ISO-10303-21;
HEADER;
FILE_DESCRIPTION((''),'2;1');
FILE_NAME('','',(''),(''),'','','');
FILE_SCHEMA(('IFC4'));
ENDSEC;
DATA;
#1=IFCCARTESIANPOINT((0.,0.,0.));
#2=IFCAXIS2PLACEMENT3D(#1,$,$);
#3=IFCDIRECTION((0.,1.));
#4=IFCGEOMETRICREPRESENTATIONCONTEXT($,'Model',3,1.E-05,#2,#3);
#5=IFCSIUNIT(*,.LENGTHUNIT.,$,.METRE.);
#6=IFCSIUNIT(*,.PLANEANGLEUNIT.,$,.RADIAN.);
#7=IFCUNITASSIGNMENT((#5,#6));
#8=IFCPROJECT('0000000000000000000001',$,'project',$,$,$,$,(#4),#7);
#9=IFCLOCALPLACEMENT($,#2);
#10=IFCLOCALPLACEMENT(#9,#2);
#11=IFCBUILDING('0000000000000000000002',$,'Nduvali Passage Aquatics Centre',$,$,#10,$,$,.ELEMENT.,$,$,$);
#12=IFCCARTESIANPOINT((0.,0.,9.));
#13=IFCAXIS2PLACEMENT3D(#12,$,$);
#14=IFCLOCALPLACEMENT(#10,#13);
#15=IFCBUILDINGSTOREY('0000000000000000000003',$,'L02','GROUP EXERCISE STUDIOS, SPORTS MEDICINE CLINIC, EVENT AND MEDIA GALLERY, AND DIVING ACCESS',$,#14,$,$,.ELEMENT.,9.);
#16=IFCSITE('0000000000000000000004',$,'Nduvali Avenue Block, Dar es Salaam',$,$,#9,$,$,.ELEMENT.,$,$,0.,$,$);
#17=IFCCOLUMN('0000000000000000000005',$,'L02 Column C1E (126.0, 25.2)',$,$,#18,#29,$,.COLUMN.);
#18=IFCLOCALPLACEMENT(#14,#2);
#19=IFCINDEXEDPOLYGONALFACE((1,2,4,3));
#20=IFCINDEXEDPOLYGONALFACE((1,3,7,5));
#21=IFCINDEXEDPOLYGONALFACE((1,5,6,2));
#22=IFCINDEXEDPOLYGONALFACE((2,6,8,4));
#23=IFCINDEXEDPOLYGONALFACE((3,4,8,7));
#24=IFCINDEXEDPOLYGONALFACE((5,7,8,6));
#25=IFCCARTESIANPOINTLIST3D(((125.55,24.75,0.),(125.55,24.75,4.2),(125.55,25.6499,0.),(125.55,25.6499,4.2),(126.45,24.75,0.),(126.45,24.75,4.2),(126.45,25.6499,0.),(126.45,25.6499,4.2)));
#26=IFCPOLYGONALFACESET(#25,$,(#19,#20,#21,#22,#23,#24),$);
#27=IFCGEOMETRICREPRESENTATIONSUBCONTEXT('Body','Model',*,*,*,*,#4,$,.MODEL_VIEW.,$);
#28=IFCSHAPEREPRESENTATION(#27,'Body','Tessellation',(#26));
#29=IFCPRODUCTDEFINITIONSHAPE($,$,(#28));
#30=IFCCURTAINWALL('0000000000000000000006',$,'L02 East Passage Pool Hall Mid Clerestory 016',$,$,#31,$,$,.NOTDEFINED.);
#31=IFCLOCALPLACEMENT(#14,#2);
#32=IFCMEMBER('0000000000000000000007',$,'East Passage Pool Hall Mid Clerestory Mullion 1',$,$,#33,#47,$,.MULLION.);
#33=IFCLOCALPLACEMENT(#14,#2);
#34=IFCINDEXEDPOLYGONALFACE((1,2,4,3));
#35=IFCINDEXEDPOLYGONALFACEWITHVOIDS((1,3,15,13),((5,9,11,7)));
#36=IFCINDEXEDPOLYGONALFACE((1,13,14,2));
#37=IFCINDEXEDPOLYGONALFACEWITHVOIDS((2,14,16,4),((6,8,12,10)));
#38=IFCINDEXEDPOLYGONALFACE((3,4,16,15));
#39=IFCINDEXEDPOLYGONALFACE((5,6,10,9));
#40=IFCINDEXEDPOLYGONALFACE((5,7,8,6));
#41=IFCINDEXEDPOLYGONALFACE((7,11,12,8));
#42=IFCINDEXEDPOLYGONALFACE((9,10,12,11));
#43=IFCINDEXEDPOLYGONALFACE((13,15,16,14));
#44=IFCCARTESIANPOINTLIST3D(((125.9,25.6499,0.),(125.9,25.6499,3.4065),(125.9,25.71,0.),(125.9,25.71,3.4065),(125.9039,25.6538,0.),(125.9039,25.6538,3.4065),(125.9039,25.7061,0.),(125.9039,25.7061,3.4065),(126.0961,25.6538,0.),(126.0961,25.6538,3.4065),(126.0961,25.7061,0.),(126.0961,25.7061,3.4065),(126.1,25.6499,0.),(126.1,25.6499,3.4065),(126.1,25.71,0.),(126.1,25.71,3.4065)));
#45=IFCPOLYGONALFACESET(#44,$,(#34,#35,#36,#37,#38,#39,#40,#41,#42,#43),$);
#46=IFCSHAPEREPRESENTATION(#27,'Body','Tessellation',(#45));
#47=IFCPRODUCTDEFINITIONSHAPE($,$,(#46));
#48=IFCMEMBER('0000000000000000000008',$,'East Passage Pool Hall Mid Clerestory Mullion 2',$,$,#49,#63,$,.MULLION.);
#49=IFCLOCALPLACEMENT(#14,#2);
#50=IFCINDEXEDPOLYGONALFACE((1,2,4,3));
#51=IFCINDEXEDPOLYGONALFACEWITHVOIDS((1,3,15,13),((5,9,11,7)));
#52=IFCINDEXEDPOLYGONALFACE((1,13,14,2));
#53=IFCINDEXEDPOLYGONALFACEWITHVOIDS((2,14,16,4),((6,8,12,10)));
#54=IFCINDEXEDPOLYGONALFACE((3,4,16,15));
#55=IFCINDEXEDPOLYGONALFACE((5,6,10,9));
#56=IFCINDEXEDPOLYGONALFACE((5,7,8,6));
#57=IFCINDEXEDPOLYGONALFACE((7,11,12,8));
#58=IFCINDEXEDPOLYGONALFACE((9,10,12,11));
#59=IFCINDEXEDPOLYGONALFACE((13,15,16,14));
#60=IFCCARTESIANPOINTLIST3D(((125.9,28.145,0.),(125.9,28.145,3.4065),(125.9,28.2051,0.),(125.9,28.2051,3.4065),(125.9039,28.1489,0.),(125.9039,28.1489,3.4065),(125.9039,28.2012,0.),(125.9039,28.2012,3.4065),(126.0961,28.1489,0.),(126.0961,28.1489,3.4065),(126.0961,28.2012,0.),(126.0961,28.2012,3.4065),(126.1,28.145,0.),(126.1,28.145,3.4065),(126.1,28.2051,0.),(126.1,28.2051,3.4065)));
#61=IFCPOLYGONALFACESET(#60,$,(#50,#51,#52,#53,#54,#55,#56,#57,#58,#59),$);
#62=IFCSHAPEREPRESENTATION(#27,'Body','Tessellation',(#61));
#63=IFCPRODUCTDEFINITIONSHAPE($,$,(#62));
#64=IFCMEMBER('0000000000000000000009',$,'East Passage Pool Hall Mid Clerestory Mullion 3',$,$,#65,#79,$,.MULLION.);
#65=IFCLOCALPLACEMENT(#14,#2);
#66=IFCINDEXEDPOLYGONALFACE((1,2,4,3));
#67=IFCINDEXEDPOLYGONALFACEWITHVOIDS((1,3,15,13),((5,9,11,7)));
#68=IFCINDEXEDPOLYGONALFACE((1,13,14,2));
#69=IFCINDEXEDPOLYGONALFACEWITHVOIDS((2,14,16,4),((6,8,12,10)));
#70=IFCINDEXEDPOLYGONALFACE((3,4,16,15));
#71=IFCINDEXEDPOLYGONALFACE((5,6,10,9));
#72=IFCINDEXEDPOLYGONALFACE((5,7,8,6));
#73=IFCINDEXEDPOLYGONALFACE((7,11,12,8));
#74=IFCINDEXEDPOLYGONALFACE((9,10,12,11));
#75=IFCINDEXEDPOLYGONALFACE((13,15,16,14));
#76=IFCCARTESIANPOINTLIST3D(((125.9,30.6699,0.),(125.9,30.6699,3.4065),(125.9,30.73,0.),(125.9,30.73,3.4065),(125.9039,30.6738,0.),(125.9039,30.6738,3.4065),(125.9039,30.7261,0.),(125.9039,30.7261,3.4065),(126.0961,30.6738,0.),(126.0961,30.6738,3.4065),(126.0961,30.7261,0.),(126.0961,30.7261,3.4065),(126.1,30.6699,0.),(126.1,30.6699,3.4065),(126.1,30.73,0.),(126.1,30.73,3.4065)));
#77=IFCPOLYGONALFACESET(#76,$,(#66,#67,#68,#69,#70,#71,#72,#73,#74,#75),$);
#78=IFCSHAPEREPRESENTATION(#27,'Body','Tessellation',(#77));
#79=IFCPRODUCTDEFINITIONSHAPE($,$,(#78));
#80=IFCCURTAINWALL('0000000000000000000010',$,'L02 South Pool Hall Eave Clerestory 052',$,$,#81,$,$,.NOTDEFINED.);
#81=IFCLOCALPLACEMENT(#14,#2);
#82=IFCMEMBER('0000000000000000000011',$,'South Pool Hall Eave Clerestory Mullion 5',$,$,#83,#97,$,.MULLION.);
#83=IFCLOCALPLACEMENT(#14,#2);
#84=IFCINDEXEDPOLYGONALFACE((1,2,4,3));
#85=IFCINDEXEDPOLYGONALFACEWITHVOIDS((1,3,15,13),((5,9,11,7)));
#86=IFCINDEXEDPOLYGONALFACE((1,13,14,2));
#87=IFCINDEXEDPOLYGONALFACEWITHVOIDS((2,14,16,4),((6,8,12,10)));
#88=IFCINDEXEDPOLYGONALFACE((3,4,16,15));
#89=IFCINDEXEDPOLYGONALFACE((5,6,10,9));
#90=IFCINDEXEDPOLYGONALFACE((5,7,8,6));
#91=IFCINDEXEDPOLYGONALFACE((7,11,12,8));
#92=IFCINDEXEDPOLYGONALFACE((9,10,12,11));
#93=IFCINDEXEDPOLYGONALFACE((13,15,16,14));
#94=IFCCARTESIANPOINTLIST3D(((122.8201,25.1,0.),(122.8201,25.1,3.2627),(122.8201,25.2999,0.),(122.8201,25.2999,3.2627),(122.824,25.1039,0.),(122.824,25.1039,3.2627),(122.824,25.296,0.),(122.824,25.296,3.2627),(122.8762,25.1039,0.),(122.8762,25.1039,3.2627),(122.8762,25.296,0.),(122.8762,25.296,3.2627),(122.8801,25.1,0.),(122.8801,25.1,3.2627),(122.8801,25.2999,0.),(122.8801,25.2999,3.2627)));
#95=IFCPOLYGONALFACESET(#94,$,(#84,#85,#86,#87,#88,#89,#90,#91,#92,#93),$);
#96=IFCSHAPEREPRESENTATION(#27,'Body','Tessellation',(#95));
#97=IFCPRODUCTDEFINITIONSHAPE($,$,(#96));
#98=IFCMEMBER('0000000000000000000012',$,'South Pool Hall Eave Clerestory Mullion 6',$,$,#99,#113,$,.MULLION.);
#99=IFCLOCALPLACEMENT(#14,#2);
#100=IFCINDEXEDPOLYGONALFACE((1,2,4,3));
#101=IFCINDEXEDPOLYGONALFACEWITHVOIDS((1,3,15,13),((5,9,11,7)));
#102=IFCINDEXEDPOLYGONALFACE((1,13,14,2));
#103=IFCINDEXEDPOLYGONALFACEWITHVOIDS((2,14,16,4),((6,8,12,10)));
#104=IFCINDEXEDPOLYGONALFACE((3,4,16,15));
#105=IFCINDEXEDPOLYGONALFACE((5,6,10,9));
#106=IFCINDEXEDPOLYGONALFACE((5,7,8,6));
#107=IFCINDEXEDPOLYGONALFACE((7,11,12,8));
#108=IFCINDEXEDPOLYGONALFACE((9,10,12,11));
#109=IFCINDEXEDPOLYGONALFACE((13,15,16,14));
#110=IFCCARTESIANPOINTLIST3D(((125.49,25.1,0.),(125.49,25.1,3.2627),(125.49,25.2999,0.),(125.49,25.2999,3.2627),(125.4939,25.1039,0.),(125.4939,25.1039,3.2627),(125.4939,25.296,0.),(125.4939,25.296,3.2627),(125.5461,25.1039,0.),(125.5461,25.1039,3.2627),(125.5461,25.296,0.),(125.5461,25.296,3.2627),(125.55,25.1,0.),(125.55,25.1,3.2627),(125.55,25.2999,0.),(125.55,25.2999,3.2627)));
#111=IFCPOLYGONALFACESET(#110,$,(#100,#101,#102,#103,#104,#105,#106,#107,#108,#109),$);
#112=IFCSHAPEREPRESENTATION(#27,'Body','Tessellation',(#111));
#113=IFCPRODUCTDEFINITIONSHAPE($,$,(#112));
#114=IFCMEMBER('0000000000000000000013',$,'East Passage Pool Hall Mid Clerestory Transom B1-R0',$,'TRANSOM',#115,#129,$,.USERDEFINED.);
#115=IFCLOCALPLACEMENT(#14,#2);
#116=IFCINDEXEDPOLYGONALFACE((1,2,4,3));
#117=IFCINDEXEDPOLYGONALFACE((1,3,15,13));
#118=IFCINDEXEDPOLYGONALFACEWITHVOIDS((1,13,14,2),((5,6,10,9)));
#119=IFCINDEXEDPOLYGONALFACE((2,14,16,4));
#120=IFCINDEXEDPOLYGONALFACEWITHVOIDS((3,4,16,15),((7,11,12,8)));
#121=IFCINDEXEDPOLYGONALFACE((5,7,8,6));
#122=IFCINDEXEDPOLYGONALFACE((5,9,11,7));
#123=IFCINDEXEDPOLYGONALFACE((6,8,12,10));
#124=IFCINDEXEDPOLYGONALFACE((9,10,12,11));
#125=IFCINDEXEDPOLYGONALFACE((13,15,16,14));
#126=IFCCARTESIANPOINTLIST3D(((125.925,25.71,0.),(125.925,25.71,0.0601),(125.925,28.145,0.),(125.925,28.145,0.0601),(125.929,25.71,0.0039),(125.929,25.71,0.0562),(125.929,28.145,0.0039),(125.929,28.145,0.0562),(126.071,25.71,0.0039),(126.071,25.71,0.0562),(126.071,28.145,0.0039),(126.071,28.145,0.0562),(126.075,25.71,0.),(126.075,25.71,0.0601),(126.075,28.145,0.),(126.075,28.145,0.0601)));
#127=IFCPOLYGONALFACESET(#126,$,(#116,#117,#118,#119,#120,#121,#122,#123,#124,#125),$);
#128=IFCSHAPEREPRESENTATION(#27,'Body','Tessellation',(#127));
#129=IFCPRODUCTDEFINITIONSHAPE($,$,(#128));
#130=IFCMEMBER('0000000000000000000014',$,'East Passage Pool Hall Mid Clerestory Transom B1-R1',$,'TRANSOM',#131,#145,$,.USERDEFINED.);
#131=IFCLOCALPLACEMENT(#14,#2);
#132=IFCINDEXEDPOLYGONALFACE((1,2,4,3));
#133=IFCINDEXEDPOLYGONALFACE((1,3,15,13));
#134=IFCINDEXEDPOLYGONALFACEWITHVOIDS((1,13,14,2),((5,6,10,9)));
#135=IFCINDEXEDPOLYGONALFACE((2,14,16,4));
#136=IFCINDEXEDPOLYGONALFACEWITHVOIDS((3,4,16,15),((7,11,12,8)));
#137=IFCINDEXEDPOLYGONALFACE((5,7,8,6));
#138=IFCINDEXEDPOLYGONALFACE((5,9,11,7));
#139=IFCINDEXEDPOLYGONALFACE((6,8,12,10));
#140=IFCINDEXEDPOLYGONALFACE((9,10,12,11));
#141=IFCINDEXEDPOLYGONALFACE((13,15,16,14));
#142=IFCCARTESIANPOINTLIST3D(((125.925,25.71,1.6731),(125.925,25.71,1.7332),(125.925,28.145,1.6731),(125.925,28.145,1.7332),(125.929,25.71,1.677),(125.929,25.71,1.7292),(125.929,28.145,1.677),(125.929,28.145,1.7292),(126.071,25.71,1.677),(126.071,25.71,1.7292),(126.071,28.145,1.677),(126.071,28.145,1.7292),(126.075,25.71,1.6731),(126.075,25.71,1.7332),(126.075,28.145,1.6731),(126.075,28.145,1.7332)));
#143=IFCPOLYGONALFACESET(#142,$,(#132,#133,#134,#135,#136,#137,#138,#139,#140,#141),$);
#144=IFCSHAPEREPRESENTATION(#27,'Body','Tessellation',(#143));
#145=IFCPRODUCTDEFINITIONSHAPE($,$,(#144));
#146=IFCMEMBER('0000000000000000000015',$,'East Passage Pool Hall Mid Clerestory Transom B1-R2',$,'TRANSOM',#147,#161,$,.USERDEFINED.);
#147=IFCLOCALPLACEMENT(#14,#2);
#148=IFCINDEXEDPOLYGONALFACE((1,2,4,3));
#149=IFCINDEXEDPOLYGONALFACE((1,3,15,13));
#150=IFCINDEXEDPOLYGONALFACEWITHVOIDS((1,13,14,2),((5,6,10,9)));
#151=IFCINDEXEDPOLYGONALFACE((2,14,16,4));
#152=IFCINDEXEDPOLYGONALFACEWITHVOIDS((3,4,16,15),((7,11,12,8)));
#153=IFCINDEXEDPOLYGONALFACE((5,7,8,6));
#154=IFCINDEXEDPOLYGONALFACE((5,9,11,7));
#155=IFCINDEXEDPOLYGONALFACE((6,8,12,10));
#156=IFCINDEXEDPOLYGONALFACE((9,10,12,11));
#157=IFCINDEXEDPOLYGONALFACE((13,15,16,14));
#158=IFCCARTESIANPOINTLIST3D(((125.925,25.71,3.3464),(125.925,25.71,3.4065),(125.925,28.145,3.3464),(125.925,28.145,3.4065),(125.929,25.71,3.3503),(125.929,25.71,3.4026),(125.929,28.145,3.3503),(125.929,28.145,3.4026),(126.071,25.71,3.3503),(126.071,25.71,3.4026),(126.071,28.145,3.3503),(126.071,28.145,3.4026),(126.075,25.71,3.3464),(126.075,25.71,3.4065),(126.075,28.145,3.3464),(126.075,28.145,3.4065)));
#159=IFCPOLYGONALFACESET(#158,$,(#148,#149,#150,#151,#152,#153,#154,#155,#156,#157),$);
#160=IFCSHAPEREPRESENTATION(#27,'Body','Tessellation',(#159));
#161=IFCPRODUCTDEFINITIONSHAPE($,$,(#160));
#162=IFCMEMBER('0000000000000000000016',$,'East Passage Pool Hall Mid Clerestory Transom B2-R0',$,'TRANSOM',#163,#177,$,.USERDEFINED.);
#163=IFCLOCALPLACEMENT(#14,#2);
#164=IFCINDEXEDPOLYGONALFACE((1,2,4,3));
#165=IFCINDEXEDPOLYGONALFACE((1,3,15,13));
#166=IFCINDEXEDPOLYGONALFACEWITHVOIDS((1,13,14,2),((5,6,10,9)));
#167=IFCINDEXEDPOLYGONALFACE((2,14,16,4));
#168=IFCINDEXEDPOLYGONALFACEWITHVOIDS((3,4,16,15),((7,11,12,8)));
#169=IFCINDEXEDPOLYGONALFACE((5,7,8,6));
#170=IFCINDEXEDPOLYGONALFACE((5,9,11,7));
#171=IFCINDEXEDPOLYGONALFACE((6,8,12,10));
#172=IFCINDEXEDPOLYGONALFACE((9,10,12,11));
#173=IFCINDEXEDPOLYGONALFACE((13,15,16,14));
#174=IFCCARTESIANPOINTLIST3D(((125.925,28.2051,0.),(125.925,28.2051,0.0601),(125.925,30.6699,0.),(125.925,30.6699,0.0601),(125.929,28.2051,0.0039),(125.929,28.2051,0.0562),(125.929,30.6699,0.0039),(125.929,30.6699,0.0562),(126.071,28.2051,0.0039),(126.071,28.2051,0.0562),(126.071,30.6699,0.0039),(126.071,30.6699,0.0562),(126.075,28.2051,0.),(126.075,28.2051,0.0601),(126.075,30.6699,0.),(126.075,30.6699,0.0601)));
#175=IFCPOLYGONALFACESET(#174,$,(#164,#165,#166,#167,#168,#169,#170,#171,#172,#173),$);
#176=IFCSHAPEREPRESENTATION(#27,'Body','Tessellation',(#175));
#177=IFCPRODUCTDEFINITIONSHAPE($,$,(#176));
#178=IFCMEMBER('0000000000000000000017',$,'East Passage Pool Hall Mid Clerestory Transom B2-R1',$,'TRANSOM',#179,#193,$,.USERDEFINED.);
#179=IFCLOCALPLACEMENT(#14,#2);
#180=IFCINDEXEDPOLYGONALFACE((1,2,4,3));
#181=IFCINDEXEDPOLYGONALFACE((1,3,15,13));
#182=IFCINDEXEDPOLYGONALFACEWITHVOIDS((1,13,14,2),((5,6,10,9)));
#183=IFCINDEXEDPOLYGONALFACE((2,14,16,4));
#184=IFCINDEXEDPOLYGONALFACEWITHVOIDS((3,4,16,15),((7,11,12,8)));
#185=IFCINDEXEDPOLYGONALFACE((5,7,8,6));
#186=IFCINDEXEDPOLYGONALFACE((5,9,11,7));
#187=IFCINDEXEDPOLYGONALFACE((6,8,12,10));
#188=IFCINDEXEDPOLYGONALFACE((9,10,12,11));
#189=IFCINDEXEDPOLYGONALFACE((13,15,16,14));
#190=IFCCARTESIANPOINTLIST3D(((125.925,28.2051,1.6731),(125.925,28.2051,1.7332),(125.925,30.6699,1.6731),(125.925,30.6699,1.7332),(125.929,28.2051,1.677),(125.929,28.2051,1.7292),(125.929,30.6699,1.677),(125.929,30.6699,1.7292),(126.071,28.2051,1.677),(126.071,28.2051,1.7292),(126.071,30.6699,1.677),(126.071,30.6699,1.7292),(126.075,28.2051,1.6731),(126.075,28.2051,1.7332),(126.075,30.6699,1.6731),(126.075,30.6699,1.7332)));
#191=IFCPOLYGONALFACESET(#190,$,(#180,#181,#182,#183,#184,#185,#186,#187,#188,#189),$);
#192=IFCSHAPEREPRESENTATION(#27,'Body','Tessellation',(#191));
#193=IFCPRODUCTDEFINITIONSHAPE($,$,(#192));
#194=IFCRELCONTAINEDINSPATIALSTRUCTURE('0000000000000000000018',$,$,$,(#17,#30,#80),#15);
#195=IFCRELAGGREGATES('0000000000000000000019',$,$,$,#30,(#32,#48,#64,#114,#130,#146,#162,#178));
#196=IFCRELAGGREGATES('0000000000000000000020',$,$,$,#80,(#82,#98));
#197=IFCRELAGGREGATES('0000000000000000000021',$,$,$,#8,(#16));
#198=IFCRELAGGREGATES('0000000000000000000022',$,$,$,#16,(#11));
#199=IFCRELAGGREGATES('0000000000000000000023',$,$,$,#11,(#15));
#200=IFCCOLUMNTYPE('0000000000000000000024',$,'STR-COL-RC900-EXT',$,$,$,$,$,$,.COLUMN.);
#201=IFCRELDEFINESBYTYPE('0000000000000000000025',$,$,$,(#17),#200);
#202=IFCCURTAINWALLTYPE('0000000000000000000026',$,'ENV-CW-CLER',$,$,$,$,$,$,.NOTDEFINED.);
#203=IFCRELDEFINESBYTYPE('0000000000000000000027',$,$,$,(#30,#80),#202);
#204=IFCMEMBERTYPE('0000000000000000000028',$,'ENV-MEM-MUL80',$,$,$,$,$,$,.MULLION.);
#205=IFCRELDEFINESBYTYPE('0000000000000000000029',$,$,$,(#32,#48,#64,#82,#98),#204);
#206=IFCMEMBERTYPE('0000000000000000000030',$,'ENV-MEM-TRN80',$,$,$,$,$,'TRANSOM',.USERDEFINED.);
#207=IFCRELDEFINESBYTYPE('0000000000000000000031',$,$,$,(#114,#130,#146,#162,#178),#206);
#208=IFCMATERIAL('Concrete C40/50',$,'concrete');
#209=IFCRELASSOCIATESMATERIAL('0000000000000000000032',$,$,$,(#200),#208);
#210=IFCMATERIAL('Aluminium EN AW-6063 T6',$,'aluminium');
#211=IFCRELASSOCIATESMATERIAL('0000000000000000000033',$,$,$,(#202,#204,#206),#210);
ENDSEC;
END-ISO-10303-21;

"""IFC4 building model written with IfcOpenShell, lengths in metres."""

from ifc_helpers import new_model, si_unit, direction, frame, origin, origin_2d, place, context, subcontext, project, spatial, rectangle, hollow_rectangle, extrude, material, material_profile, profile_set, type_object, element, aggregate, save


model = new_model("IFC4")

# Units and contexts
model_context = context("Model", 3, precision=1e-05, world=origin(), true_north=direction((0.0, 1.0)))
body_context = subcontext(model_context, "Body", "Model", "MODEL_VIEW")
ifc_project = project(units=[si_unit("LENGTHUNIT", "METRE"), si_unit("PLANEANGLEUNIT", "RADIAN")], contexts=[model_context])

# Site, building, storey
site_placement = place(None, origin())
site = spatial("IfcSite", under=ifc_project, at=site_placement, Name="Nduvali Avenue Block, Dar es Salaam", CompositionType="ELEMENT", RefElevation=0.0)
building_placement = place(site_placement, origin())
building = spatial("IfcBuilding", under=site, at=building_placement, Name="Nduvali Passage Aquatics Centre", CompositionType="ELEMENT")
storey_placement = place(building_placement, frame((0.0, 0.0, 9.0)))
storey = spatial("IfcBuildingStorey", under=building, at=storey_placement, Name="L02", Description="GROUP EXERCISE STUDIOS, SPORTS MEDICINE CLINIC, EVENT AND MEDIA GALLERY, AND DIVING ACCESS", CompositionType="ELEMENT", Elevation=9.0)

# Column
ifc_material_1 = material(Name="Concrete C40/50", Category="concrete")
ifc_material_profile_1 = material_profile(ifc_material_1, rectangle(XDim=0.8999, YDim=0.8999, at=origin_2d()), Name="RC 900x900")
ifc_profile_set_1 = profile_set([ifc_material_profile_1], Name="Concrete C40/50")
column_type = type_object("IfcColumnType", Name="STR-COL-RC900-EXT", PredefinedType="COLUMN", material=ifc_profile_set_1)
column_placement = place(storey_placement, frame((126.0, 25.2, 0.0), z_axis=(0.0, 0.0, 1.0), x_axis=(1.0, 0.0, 0.0)))
element("IfcColumn", 1, at=column_placement, inside=storey, type_object=column_type, Name="L02 Column C1E (126.0, 25.2)", PredefinedType="COLUMN", context=body_context, shape_type="SweptSolid", body=[
    extrude(rectangle(XDim=0.8999, YDim=0.8999, at=origin_2d()), origin(), (0.0, 0.0, 1.0), 4.2),
])

# Curtain walls, members
ifc_material_2 = material(Name="Aluminium EN AW-6063 T6", Category="aluminium")
curtain_wall_type = type_object("IfcCurtainWallType", Name="ENV-CW-CLER", PredefinedType="NOTDEFINED", material=ifc_material_2)
curtain_wall_1_placement = place(storey_placement, origin())
curtain_wall_1 = element("IfcCurtainWall", 2, at=curtain_wall_1_placement, inside=storey, type_object=curtain_wall_type, Name="L02 East Passage Pool Hall Mid Clerestory 016", PredefinedType="NOTDEFINED")
ifc_material_profile_2 = material_profile(ifc_material_2, hollow_rectangle(XDim=0.0601, YDim=0.2, WallThickness=0.0039, at=origin_2d()), Name="ALU MULLION 60x200x4")
ifc_profile_set_2 = profile_set([ifc_material_profile_2], Name="Aluminium EN AW-6063 T6")
member_type_1 = type_object("IfcMemberType", Name="ENV-MEM-MUL80", PredefinedType="MULLION", material=ifc_profile_set_2)
member_1_placement = place(storey_placement, frame((126.0, 25.6799, 0.0), z_axis=(0.0, 0.0, 1.0), x_axis=(0.0, 1.0, 0.0)))
member_1 = element("IfcMember", 3, at=member_1_placement, type_object=member_type_1, Name="East Passage Pool Hall Mid Clerestory Mullion 1", PredefinedType="MULLION", context=body_context, shape_type="SweptSolid", body=[
    extrude(hollow_rectangle(XDim=0.0601, YDim=0.2, WallThickness=0.0039, at=origin_2d()), origin(), (0.0, 0.0, 1.0), 3.4065),
])
member_2_placement = place(storey_placement, frame((126.0, 28.175, 0.0), z_axis=(0.0, 0.0, 1.0), x_axis=(0.0, 1.0, 0.0)))
member_2 = element("IfcMember", 4, at=member_2_placement, type_object=member_type_1, Name="East Passage Pool Hall Mid Clerestory Mullion 2", PredefinedType="MULLION", context=body_context, shape_type="SweptSolid", body=[
    extrude(hollow_rectangle(XDim=0.0601, YDim=0.2, WallThickness=0.0039, at=origin_2d()), origin(), (0.0, 0.0, 1.0), 3.4065),
])
member_3_placement = place(storey_placement, frame((126.0, 30.7, 0.0), z_axis=(0.0, 0.0, 1.0), x_axis=(0.0, 1.0, 0.0)))
member_3 = element("IfcMember", 5, at=member_3_placement, type_object=member_type_1, Name="East Passage Pool Hall Mid Clerestory Mullion 3", PredefinedType="MULLION", context=body_context, shape_type="SweptSolid", body=[
    extrude(hollow_rectangle(XDim=0.0601, YDim=0.2, WallThickness=0.0039, at=origin_2d()), origin(), (0.0, 0.0, 1.0), 3.4065),
])
curtain_wall_2_placement = place(storey_placement, origin())
curtain_wall_2 = element("IfcCurtainWall", 6, at=curtain_wall_2_placement, inside=storey, type_object=curtain_wall_type, Name="L02 South Pool Hall Eave Clerestory 052", PredefinedType="NOTDEFINED")
member_4_placement = place(storey_placement, frame((122.8501, 25.2, 0.0), z_axis=(0.0, 0.0, 1.0), x_axis=(1.0, 0.0, 0.0)))
member_4 = element("IfcMember", 7, at=member_4_placement, type_object=member_type_1, Name="South Pool Hall Eave Clerestory Mullion 5", PredefinedType="MULLION", context=body_context, shape_type="SweptSolid", body=[
    extrude(hollow_rectangle(XDim=0.0601, YDim=0.2, WallThickness=0.0039, at=origin_2d()), origin(), (0.0, 0.0, 1.0), 3.2627),
])
member_5_placement = place(storey_placement, frame((125.52, 25.2, 0.0), z_axis=(0.0, 0.0, 1.0), x_axis=(1.0, 0.0, 0.0)))
member_5 = element("IfcMember", 8, at=member_5_placement, type_object=member_type_1, Name="South Pool Hall Eave Clerestory Mullion 6", PredefinedType="MULLION", context=body_context, shape_type="SweptSolid", body=[
    extrude(hollow_rectangle(XDim=0.0601, YDim=0.2, WallThickness=0.0039, at=origin_2d()), origin(), (0.0, 0.0, 1.0), 3.2627),
])

# Members
ifc_material_profile_3 = material_profile(ifc_material_2, hollow_rectangle(XDim=0.1499, YDim=0.0601, WallThickness=0.0039, at=origin_2d()), Name="ALU TRANSOM 150x60x4")
ifc_profile_set_3 = profile_set([ifc_material_profile_3], Name="Aluminium EN AW-6063 T6")
member_type_2 = type_object("IfcMemberType", Name="ENV-MEM-TRN80", ElementType="TRANSOM", PredefinedType="USERDEFINED", material=ifc_profile_set_3)
member_6_placement = place(storey_placement, frame((126.0, 25.71, 0.03), z_axis=(0.0, 1.0, 0.0), x_axis=(-1.0, 0.0, 0.0)))
member_6 = element("IfcMember", 9, at=member_6_placement, type_object=member_type_2, Name="East Passage Pool Hall Mid Clerestory Transom B1-R0", ObjectType="TRANSOM", PredefinedType="USERDEFINED", context=body_context, shape_type="SweptSolid", body=[
    extrude(hollow_rectangle(XDim=0.1499, YDim=0.0601, WallThickness=0.0039, at=origin_2d()), origin(), (0.0, 0.0, 1.0), 2.4351),
])
member_7_placement = place(storey_placement, frame((126.0, 25.71, 1.7031), z_axis=(0.0, 1.0, 0.0), x_axis=(-1.0, 0.0, 0.0)))
member_7 = element("IfcMember", 10, at=member_7_placement, type_object=member_type_2, Name="East Passage Pool Hall Mid Clerestory Transom B1-R1", ObjectType="TRANSOM", PredefinedType="USERDEFINED", context=body_context, shape_type="SweptSolid", body=[
    extrude(hollow_rectangle(XDim=0.1499, YDim=0.0601, WallThickness=0.0039, at=origin_2d()), origin(), (0.0, 0.0, 1.0), 2.4351),
])
member_8_placement = place(storey_placement, frame((126.0, 25.71, 3.3765), z_axis=(0.0, 1.0, 0.0), x_axis=(-1.0, 0.0, 0.0)))
member_8 = element("IfcMember", 11, at=member_8_placement, type_object=member_type_2, Name="East Passage Pool Hall Mid Clerestory Transom B1-R2", ObjectType="TRANSOM", PredefinedType="USERDEFINED", context=body_context, shape_type="SweptSolid", body=[
    extrude(hollow_rectangle(XDim=0.1499, YDim=0.0601, WallThickness=0.0039, at=origin_2d()), origin(), (0.0, 0.0, 1.0), 2.4351),
])
member_9_placement = place(storey_placement, frame((126.0, 28.2051, 0.03), z_axis=(0.0, 1.0, 0.0), x_axis=(-1.0, 0.0, 0.0)))
member_9 = element("IfcMember", 12, at=member_9_placement, type_object=member_type_2, Name="East Passage Pool Hall Mid Clerestory Transom B2-R0", ObjectType="TRANSOM", PredefinedType="USERDEFINED", context=body_context, shape_type="SweptSolid", body=[
    extrude(hollow_rectangle(XDim=0.1499, YDim=0.0601, WallThickness=0.0039, at=origin_2d()), origin(), (0.0, 0.0, 1.0), 2.4648),
])
member_10_placement = place(storey_placement, frame((126.0, 28.2051, 1.7031), z_axis=(0.0, 1.0, 0.0), x_axis=(-1.0, 0.0, 0.0)))
member_10 = element("IfcMember", 13, at=member_10_placement, type_object=member_type_2, Name="East Passage Pool Hall Mid Clerestory Transom B2-R1", ObjectType="TRANSOM", PredefinedType="USERDEFINED", context=body_context, shape_type="SweptSolid", body=[
    extrude(hollow_rectangle(XDim=0.1499, YDim=0.0601, WallThickness=0.0039, at=origin_2d()), origin(), (0.0, 0.0, 1.0), 2.4648),
])

aggregate(curtain_wall_1, [member_1, member_2, member_3, member_6, member_7, member_8, member_9, member_10])
aggregate(curtain_wall_2, [member_4, member_5])

save(model, "model.ifc")
